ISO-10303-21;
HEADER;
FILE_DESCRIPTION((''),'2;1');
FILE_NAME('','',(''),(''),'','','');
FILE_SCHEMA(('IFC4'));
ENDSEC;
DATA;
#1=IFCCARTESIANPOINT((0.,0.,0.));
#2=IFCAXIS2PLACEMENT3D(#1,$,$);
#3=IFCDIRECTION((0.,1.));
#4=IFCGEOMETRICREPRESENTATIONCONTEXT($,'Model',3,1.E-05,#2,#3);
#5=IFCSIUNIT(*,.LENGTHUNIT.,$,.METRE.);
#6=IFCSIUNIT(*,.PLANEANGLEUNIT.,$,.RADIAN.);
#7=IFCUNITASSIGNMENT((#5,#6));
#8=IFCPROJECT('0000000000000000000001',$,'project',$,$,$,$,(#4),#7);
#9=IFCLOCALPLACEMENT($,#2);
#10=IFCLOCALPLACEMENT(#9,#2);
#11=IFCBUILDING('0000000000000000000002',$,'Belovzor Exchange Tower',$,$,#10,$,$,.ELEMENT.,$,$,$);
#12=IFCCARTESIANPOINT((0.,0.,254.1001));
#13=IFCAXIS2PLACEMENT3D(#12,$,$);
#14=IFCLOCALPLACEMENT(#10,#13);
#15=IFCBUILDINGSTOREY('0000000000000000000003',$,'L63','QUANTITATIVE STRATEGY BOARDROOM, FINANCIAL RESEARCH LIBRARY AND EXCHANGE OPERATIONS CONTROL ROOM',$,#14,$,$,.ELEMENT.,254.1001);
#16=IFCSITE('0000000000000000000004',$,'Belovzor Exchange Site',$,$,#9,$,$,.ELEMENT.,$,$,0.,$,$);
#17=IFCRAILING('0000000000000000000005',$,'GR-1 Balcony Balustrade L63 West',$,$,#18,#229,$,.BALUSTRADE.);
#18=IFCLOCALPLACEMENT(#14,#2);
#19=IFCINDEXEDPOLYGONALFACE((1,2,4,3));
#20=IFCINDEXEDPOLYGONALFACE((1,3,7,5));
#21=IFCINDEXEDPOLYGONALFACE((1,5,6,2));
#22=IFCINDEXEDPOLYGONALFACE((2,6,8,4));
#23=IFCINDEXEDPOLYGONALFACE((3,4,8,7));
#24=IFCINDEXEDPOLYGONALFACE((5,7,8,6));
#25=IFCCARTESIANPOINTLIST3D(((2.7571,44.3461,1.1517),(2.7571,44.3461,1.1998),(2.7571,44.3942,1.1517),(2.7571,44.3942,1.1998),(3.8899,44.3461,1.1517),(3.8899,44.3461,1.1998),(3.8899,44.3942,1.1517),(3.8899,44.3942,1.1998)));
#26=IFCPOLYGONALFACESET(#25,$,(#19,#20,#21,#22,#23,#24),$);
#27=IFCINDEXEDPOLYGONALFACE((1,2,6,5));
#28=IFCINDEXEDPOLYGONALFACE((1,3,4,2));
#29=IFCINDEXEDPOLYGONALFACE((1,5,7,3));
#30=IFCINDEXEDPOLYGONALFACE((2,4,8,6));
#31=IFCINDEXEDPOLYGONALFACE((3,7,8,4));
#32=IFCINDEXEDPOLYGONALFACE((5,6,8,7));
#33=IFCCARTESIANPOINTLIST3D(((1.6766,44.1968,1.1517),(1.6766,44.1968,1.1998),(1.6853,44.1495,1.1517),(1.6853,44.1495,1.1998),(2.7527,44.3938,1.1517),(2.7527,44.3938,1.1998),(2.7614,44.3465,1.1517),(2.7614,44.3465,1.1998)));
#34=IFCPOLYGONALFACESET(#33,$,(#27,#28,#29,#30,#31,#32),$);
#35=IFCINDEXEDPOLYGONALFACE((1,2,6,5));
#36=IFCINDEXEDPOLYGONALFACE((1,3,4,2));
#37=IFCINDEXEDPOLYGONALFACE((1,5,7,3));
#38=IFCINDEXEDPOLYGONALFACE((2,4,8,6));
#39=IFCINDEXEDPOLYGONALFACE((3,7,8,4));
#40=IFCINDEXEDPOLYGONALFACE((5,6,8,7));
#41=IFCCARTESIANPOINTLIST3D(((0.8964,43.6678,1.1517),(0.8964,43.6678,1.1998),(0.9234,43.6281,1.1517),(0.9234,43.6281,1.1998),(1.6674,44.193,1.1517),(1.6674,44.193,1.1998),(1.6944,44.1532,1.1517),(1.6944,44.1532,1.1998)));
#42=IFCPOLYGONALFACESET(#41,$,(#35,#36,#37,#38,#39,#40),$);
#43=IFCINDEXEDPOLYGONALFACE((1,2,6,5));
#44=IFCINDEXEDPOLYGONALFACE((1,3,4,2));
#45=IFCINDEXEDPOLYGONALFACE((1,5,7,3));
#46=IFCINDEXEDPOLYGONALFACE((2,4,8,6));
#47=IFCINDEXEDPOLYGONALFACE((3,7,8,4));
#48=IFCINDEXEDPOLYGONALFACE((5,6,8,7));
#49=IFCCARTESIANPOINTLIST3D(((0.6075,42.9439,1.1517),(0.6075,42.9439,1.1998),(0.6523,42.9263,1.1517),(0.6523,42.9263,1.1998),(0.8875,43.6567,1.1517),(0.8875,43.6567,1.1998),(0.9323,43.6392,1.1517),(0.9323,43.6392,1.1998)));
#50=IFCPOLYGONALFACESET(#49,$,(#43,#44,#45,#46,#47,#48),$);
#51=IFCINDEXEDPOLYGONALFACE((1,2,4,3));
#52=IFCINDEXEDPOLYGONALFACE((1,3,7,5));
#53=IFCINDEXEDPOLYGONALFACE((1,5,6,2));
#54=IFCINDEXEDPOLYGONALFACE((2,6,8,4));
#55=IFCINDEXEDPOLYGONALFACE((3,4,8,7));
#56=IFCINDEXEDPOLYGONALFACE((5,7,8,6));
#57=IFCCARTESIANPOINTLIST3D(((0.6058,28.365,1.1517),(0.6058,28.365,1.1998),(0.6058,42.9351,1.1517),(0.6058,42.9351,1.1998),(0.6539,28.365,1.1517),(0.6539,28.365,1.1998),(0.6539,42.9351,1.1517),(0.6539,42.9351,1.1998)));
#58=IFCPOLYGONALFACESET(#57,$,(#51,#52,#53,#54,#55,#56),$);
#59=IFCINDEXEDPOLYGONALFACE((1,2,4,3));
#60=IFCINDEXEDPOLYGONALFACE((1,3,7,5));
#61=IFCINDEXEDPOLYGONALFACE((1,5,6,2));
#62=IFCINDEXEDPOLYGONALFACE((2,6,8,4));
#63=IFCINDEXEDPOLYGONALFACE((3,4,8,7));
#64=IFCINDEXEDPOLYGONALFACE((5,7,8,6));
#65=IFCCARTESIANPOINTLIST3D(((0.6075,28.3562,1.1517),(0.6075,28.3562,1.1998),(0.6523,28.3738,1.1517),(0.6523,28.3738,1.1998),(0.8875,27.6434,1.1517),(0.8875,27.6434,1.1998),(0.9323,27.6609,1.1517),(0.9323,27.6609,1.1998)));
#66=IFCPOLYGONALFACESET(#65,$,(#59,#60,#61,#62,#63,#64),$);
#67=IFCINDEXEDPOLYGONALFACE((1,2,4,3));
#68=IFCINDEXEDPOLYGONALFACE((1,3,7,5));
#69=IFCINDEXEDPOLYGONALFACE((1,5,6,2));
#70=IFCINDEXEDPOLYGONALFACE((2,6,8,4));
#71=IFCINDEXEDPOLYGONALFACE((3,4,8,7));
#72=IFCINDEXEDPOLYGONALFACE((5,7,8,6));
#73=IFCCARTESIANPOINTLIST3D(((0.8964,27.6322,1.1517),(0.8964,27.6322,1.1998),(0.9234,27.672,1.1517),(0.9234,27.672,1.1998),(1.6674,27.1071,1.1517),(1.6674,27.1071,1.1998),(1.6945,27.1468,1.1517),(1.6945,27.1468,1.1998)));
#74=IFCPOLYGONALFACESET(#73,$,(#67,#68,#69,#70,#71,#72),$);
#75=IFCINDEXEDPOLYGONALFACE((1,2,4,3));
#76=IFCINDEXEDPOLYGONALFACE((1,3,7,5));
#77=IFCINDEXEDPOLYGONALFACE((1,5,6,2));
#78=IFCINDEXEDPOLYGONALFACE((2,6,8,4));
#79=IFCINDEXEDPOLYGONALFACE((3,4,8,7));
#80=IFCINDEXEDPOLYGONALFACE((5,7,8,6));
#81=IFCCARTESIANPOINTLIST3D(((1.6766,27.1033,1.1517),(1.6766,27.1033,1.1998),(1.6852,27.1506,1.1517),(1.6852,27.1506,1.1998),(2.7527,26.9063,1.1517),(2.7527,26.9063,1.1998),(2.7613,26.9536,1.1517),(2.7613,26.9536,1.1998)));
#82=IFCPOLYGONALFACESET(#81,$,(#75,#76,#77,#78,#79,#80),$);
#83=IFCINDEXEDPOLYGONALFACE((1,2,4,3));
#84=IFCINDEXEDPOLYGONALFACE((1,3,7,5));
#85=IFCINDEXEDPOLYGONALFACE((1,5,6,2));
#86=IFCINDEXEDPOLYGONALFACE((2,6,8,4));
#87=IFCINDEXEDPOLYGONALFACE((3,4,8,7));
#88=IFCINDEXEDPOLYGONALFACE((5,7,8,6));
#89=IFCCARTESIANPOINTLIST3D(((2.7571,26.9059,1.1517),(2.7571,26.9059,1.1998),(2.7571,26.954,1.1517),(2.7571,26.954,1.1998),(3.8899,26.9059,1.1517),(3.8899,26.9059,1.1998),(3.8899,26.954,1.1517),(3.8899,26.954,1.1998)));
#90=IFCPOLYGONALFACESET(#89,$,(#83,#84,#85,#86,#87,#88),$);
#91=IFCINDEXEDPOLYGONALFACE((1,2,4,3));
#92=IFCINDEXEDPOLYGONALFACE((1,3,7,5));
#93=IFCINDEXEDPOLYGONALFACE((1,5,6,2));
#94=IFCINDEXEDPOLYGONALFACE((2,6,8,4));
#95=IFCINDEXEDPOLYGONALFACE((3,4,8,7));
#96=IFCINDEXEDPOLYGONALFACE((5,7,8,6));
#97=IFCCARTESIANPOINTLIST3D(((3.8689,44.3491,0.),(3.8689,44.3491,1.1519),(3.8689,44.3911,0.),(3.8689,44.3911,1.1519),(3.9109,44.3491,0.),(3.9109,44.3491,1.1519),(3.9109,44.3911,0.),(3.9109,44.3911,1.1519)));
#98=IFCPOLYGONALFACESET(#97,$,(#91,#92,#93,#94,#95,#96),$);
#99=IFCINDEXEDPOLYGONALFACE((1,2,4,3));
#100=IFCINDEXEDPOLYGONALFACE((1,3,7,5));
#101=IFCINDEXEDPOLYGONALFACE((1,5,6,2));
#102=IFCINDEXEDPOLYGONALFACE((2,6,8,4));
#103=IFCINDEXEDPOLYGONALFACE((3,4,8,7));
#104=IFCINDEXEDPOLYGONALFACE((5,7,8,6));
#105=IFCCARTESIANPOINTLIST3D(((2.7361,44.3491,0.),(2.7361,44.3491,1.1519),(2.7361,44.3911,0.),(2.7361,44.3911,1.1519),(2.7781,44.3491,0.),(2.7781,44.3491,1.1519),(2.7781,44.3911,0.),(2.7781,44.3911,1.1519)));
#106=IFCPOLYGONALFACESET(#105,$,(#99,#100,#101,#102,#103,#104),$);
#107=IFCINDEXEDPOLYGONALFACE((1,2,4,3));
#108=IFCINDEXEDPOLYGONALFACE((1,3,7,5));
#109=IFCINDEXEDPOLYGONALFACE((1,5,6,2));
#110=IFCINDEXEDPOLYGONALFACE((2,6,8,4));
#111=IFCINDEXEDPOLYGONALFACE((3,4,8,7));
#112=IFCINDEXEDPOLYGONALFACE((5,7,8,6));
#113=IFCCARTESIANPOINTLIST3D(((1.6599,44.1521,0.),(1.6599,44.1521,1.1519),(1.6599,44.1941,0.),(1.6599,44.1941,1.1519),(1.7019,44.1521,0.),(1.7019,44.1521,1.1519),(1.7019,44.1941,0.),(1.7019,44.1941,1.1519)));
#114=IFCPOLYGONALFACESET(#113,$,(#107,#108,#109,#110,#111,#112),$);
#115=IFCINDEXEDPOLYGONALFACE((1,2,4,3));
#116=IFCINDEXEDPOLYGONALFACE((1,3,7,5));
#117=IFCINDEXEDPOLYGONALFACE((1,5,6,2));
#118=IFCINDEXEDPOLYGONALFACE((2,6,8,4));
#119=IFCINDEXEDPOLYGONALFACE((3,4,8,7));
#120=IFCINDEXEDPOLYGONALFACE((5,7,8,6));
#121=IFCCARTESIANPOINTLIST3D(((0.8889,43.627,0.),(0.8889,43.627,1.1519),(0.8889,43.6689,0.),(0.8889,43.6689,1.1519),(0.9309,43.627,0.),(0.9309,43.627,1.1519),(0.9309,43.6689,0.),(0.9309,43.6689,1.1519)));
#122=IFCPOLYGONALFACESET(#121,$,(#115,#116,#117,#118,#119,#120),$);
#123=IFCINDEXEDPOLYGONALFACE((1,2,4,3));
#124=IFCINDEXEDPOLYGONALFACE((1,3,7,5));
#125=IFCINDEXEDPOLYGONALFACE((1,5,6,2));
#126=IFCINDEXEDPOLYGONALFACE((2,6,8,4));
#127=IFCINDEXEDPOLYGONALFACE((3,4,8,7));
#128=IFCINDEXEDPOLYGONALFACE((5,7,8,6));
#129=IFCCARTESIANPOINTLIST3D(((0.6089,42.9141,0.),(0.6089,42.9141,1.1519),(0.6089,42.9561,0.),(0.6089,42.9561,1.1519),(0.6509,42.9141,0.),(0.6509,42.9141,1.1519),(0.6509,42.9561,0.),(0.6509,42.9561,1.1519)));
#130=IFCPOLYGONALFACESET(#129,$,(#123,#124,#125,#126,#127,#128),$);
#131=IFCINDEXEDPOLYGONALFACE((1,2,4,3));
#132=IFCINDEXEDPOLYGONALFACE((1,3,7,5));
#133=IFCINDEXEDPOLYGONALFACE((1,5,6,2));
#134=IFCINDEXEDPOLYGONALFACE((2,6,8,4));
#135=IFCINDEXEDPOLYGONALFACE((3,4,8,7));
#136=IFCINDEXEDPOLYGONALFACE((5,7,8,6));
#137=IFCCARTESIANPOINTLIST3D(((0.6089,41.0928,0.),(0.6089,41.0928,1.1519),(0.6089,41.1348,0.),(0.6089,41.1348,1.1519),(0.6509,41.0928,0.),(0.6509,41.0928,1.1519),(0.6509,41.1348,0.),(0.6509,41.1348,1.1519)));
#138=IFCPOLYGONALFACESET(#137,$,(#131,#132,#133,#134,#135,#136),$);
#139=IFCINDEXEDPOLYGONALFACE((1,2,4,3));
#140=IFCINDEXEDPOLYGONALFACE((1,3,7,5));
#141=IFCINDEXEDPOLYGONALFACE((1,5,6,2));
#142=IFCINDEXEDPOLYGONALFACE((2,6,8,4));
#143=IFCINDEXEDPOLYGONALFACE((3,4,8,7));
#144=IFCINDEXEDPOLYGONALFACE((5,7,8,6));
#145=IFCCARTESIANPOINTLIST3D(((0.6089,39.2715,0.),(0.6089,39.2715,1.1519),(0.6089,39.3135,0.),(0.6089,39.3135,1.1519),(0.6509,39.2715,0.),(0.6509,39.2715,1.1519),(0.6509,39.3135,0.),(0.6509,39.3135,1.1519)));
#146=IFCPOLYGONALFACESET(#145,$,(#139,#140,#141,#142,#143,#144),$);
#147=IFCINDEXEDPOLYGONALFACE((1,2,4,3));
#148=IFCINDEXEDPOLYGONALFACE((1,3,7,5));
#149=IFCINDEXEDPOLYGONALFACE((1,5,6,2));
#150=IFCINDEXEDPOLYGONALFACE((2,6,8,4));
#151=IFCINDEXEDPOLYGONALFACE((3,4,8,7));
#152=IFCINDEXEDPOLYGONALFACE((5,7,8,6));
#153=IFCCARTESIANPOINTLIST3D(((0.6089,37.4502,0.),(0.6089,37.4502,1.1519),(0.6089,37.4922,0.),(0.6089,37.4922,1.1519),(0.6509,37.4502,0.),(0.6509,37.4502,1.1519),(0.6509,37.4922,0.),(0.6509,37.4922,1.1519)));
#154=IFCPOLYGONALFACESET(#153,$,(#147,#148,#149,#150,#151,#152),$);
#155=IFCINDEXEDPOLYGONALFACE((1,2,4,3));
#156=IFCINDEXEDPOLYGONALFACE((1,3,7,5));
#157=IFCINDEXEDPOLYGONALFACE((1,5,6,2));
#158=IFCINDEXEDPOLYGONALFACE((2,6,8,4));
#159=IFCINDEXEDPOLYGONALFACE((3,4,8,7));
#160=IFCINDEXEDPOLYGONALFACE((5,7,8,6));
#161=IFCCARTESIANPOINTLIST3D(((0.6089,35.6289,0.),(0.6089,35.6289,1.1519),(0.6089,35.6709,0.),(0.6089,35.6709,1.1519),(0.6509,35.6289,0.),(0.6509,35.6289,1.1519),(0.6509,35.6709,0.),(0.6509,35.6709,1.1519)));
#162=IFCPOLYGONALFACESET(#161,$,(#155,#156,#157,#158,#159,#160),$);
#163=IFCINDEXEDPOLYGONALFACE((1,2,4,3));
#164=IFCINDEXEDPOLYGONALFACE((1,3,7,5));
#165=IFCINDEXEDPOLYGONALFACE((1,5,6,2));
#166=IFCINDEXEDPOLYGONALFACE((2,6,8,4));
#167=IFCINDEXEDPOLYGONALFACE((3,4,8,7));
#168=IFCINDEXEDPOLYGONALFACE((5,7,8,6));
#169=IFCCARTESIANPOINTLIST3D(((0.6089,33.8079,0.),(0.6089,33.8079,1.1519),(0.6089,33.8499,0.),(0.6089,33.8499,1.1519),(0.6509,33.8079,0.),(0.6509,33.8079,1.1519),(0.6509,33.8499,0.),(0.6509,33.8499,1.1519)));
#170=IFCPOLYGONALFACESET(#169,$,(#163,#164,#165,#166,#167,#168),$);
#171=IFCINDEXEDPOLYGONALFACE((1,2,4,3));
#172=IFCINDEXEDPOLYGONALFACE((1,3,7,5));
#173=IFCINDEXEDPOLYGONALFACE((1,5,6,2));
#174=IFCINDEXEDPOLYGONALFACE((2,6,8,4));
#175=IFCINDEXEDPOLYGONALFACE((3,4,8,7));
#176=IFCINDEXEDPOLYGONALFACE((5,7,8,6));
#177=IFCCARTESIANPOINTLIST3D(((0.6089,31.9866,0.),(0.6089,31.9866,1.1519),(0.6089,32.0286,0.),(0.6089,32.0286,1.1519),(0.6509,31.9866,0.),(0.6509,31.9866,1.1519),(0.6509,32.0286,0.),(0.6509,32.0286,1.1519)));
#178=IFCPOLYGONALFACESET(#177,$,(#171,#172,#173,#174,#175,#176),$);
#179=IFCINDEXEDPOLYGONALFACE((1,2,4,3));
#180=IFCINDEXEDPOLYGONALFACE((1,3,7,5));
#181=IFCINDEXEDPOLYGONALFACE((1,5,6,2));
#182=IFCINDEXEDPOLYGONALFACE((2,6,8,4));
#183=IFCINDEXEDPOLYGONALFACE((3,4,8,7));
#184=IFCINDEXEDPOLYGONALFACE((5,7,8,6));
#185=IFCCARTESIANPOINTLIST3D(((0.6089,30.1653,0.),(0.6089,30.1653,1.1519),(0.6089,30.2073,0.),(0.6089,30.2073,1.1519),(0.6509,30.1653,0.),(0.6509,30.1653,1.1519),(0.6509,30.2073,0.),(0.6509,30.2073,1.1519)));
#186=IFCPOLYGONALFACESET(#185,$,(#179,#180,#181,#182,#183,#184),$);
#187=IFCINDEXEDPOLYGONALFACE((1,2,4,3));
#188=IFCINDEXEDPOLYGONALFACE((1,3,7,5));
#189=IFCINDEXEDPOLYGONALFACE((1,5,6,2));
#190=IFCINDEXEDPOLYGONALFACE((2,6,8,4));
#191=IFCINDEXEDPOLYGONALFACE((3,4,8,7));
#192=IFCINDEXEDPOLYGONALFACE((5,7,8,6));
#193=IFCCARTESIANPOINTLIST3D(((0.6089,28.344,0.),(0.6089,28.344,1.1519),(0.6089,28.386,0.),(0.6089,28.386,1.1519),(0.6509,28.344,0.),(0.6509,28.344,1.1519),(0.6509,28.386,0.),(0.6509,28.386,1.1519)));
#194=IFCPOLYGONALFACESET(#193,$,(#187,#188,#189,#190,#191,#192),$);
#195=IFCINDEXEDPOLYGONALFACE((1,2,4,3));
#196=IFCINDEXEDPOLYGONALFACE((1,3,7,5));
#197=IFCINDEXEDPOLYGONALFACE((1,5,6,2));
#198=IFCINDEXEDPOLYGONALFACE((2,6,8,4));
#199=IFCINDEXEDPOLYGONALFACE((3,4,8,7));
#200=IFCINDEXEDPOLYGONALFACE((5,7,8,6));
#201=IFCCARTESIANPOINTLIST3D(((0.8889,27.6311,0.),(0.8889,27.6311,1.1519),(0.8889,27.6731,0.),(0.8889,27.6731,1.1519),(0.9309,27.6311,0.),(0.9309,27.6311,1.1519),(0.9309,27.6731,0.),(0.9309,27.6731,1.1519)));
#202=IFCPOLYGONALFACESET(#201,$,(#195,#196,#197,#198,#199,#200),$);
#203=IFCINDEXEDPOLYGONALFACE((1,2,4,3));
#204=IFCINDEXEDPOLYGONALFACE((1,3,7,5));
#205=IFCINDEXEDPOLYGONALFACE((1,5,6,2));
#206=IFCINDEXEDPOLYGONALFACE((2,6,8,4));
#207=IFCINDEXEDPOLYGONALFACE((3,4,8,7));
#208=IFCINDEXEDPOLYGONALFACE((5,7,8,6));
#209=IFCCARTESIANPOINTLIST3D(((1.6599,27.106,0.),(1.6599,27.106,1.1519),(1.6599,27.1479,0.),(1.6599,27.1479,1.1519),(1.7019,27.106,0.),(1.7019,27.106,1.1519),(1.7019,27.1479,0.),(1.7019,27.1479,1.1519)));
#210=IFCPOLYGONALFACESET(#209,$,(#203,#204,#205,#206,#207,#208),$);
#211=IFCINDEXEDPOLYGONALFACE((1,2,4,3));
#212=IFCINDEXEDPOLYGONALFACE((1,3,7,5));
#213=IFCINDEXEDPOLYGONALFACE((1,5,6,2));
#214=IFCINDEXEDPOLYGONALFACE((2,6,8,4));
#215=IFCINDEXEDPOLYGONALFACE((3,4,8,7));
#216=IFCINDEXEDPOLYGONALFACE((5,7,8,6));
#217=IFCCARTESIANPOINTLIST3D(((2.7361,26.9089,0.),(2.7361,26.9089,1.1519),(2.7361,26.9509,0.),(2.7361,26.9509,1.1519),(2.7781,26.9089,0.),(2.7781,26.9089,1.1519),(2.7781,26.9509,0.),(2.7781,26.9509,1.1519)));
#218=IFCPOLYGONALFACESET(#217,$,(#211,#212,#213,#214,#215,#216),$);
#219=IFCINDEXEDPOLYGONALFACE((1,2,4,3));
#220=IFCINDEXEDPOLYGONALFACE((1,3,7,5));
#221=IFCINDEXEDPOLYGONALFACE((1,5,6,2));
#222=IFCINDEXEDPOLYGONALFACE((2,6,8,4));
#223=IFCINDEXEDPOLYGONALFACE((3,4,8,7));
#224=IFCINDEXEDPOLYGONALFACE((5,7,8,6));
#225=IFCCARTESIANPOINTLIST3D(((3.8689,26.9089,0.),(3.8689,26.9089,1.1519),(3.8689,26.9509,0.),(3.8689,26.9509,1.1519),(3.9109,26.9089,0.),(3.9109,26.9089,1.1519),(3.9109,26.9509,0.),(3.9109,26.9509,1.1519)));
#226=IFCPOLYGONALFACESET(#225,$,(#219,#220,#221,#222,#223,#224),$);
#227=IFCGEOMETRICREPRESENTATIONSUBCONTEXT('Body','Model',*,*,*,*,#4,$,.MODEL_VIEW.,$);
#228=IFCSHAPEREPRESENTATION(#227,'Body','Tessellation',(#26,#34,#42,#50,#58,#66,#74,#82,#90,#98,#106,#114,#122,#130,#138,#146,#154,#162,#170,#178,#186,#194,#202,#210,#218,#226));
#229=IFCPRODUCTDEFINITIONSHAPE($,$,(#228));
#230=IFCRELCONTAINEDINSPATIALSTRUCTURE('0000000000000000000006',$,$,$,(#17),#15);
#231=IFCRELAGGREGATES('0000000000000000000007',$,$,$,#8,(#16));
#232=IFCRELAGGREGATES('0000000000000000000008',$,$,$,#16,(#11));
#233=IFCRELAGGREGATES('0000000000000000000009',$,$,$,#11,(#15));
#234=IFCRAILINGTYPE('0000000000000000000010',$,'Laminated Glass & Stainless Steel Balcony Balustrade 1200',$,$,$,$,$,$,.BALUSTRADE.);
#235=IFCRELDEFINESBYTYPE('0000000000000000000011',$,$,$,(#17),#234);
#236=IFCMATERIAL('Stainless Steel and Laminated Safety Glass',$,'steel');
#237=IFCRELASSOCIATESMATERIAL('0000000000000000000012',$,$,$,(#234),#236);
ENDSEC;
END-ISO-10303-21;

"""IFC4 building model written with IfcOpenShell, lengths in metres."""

from ifc_helpers import new_model, si_unit, direction, frame, origin, origin_2d, place, context, subcontext, project, spatial, rectangle, extrude, material, type_object, element, save


model = new_model("IFC4")

# Units and contexts
model_context = context("Model", 3, precision=1e-05, world=origin(), true_north=direction((0.0, 1.0)))
body_context = subcontext(model_context, "Body", "Model", "MODEL_VIEW")
ifc_project = project(units=[si_unit("LENGTHUNIT", "METRE"), si_unit("PLANEANGLEUNIT", "RADIAN")], contexts=[model_context])

# Site, building, storey
site_placement = place(None, origin())
site = spatial("IfcSite", under=ifc_project, at=site_placement, Name="Belovzor Exchange Site", CompositionType="ELEMENT", RefElevation=0.0)
building_placement = place(site_placement, origin())
building = spatial("IfcBuilding", under=site, at=building_placement, Name="Belovzor Exchange Tower", CompositionType="ELEMENT")
storey_placement = place(building_placement, frame((0.0, 0.0, 254.1001)))
storey = spatial("IfcBuildingStorey", under=building, at=storey_placement, Name="L63", Description="QUANTITATIVE STRATEGY BOARDROOM, FINANCIAL RESEARCH LIBRARY AND EXCHANGE OPERATIONS CONTROL ROOM", CompositionType="ELEMENT", Elevation=254.1001)

# Railing
ifc_material_1 = material(Name="Stainless Steel and Laminated Safety Glass", Category="steel")
railing_type = type_object("IfcRailingType", Name="Laminated Glass & Stainless Steel Balcony Balustrade 1200", PredefinedType="BALUSTRADE", material=ifc_material_1)
railing_placement = place(storey_placement, frame((3.8899, 44.3701, 0.0)))
element("IfcRailing", 1, at=railing_placement, inside=storey, type_object=railing_type, Name="GR-1 Balcony Balustrade L63 West", PredefinedType="BALUSTRADE", context=body_context, shape_type="SweptSolid", body=[
    extrude(rectangle(XDim=0.0481, YDim=0.0481, at=origin_2d()), frame((0.0, 0.0, 1.1758), z_axis=(-1.0, 0.0, 0.0), x_axis=(0.0, -1.0, 0.0)), (0.0, 0.0, 1.0), 1.1328),
    extrude(rectangle(XDim=0.0481, YDim=0.0481, at=origin_2d()), frame((-1.1328, 0.0, 1.1758), z_axis=(-0.983651, -0.180083, 0.0), x_axis=(0.180083, -0.983651, 0.0)), (0.0, 0.0, 1.0), 1.094),
    extrude(rectangle(XDim=0.0481, YDim=0.0481, at=origin_2d()), frame((-2.209, -0.197, 1.1758), z_axis=(-0.826493, -0.562947, 0.0), x_axis=(0.562947, -0.826493, 0.0)), (0.0, 0.0, 1.0), 0.9329),
    extrude(rectangle(XDim=0.0481, YDim=0.0481, at=origin_2d()), frame((-2.98, -0.7222, 1.1758), z_axis=(-0.365613, -0.930767, 0.0), x_axis=(0.930767, -0.365613, 0.0)), (0.0, 0.0, 1.0), 0.7659),
    extrude(rectangle(XDim=0.0481, YDim=0.0481, at=origin_2d()), frame((-3.26, -1.4351, 1.1758), z_axis=(0.0, -1.0, 0.0), x_axis=(1.0, 0.0, 0.0)), (0.0, 0.0, 1.0), 14.5701),
    extrude(rectangle(XDim=0.0481, YDim=0.0481, at=origin_2d()), frame((-3.26, -16.0051, 1.1758), z_axis=(0.365613, -0.930767, 0.0), x_axis=(0.930767, 0.365613, 0.0)), (0.0, 0.0, 1.0), 0.7659),
    extrude(rectangle(XDim=0.0481, YDim=0.0481, at=origin_2d()), frame((-2.98, -16.718, 1.1758), z_axis=(0.826493, -0.562947, 0.0), x_axis=(0.562947, 0.826493, 0.0)), (0.0, 0.0, 1.0), 0.9329),
    extrude(rectangle(XDim=0.0481, YDim=0.0481, at=origin_2d()), frame((-2.209, -17.2432, 1.1758), z_axis=(0.983651, -0.180083, 0.0), x_axis=(0.180083, 0.983651, 0.0)), (0.0, 0.0, 1.0), 1.094),
    extrude(rectangle(XDim=0.0481, YDim=0.0481, at=origin_2d()), frame((-1.1328, -17.4402, 1.1758), z_axis=(1.0, 0.0, 0.0), x_axis=(0.0, 1.0, 0.0)), (0.0, 0.0, 1.0), 1.1328),
    extrude(rectangle(XDim=0.042, YDim=0.042, at=origin_2d()), origin(), (0.0, 0.0, 1.0), 1.1519),
    extrude(rectangle(XDim=0.042, YDim=0.042, at=origin_2d()), frame((-1.1328, 0.0, 0.0)), (0.0, 0.0, 1.0), 1.1519),
    extrude(rectangle(XDim=0.042, YDim=0.042, at=origin_2d()), frame((-2.209, -0.197, 0.0)), (0.0, 0.0, 1.0), 1.1519),
    extrude(rectangle(XDim=0.042, YDim=0.042, at=origin_2d()), frame((-2.98, -0.7222, 0.0)), (0.0, 0.0, 1.0), 1.1519),
    extrude(rectangle(XDim=0.042, YDim=0.042, at=origin_2d()), frame((-3.26, -1.4351, 0.0)), (0.0, 0.0, 1.0), 1.1519),
    extrude(rectangle(XDim=0.042, YDim=0.042, at=origin_2d()), frame((-3.26, -3.2563, 0.0)), (0.0, 0.0, 1.0), 1.1519),
    extrude(rectangle(XDim=0.042, YDim=0.042, at=origin_2d()), frame((-3.26, -5.0776, 0.0)), (0.0, 0.0, 1.0), 1.1519),
    extrude(rectangle(XDim=0.042, YDim=0.042, at=origin_2d()), frame((-3.26, -6.8989, 0.0)), (0.0, 0.0, 1.0), 1.1519),
    extrude(rectangle(XDim=0.042, YDim=0.042, at=origin_2d()), frame((-3.26, -8.7202, 0.0)), (0.0, 0.0, 1.0), 1.1519),
    extrude(rectangle(XDim=0.042, YDim=0.042, at=origin_2d()), frame((-3.26, -10.5413, 0.0)), (0.0, 0.0, 1.0), 1.1519),
    extrude(rectangle(XDim=0.042, YDim=0.042, at=origin_2d()), frame((-3.26, -12.3625, 0.0)), (0.0, 0.0, 1.0), 1.1519),
    extrude(rectangle(XDim=0.042, YDim=0.042, at=origin_2d()), frame((-3.26, -14.1838, 0.0)), (0.0, 0.0, 1.0), 1.1519),
    extrude(rectangle(XDim=0.042, YDim=0.042, at=origin_2d()), frame((-3.26, -16.0051, 0.0)), (0.0, 0.0, 1.0), 1.1519),
    extrude(rectangle(XDim=0.042, YDim=0.042, at=origin_2d()), frame((-2.98, -16.718, 0.0)), (0.0, 0.0, 1.0), 1.1519),
    extrude(rectangle(XDim=0.042, YDim=0.042, at=origin_2d()), frame((-2.209, -17.2432, 0.0)), (0.0, 0.0, 1.0), 1.1519),
    extrude(rectangle(XDim=0.042, YDim=0.042, at=origin_2d()), frame((-1.1328, -17.4402, 0.0)), (0.0, 0.0, 1.0), 1.1519),
    extrude(rectangle(XDim=0.042, YDim=0.042, at=origin_2d()), frame((0.0, -17.4402, 0.0)), (0.0, 0.0, 1.0), 1.1519),
])

save(model, "model.ifc")
